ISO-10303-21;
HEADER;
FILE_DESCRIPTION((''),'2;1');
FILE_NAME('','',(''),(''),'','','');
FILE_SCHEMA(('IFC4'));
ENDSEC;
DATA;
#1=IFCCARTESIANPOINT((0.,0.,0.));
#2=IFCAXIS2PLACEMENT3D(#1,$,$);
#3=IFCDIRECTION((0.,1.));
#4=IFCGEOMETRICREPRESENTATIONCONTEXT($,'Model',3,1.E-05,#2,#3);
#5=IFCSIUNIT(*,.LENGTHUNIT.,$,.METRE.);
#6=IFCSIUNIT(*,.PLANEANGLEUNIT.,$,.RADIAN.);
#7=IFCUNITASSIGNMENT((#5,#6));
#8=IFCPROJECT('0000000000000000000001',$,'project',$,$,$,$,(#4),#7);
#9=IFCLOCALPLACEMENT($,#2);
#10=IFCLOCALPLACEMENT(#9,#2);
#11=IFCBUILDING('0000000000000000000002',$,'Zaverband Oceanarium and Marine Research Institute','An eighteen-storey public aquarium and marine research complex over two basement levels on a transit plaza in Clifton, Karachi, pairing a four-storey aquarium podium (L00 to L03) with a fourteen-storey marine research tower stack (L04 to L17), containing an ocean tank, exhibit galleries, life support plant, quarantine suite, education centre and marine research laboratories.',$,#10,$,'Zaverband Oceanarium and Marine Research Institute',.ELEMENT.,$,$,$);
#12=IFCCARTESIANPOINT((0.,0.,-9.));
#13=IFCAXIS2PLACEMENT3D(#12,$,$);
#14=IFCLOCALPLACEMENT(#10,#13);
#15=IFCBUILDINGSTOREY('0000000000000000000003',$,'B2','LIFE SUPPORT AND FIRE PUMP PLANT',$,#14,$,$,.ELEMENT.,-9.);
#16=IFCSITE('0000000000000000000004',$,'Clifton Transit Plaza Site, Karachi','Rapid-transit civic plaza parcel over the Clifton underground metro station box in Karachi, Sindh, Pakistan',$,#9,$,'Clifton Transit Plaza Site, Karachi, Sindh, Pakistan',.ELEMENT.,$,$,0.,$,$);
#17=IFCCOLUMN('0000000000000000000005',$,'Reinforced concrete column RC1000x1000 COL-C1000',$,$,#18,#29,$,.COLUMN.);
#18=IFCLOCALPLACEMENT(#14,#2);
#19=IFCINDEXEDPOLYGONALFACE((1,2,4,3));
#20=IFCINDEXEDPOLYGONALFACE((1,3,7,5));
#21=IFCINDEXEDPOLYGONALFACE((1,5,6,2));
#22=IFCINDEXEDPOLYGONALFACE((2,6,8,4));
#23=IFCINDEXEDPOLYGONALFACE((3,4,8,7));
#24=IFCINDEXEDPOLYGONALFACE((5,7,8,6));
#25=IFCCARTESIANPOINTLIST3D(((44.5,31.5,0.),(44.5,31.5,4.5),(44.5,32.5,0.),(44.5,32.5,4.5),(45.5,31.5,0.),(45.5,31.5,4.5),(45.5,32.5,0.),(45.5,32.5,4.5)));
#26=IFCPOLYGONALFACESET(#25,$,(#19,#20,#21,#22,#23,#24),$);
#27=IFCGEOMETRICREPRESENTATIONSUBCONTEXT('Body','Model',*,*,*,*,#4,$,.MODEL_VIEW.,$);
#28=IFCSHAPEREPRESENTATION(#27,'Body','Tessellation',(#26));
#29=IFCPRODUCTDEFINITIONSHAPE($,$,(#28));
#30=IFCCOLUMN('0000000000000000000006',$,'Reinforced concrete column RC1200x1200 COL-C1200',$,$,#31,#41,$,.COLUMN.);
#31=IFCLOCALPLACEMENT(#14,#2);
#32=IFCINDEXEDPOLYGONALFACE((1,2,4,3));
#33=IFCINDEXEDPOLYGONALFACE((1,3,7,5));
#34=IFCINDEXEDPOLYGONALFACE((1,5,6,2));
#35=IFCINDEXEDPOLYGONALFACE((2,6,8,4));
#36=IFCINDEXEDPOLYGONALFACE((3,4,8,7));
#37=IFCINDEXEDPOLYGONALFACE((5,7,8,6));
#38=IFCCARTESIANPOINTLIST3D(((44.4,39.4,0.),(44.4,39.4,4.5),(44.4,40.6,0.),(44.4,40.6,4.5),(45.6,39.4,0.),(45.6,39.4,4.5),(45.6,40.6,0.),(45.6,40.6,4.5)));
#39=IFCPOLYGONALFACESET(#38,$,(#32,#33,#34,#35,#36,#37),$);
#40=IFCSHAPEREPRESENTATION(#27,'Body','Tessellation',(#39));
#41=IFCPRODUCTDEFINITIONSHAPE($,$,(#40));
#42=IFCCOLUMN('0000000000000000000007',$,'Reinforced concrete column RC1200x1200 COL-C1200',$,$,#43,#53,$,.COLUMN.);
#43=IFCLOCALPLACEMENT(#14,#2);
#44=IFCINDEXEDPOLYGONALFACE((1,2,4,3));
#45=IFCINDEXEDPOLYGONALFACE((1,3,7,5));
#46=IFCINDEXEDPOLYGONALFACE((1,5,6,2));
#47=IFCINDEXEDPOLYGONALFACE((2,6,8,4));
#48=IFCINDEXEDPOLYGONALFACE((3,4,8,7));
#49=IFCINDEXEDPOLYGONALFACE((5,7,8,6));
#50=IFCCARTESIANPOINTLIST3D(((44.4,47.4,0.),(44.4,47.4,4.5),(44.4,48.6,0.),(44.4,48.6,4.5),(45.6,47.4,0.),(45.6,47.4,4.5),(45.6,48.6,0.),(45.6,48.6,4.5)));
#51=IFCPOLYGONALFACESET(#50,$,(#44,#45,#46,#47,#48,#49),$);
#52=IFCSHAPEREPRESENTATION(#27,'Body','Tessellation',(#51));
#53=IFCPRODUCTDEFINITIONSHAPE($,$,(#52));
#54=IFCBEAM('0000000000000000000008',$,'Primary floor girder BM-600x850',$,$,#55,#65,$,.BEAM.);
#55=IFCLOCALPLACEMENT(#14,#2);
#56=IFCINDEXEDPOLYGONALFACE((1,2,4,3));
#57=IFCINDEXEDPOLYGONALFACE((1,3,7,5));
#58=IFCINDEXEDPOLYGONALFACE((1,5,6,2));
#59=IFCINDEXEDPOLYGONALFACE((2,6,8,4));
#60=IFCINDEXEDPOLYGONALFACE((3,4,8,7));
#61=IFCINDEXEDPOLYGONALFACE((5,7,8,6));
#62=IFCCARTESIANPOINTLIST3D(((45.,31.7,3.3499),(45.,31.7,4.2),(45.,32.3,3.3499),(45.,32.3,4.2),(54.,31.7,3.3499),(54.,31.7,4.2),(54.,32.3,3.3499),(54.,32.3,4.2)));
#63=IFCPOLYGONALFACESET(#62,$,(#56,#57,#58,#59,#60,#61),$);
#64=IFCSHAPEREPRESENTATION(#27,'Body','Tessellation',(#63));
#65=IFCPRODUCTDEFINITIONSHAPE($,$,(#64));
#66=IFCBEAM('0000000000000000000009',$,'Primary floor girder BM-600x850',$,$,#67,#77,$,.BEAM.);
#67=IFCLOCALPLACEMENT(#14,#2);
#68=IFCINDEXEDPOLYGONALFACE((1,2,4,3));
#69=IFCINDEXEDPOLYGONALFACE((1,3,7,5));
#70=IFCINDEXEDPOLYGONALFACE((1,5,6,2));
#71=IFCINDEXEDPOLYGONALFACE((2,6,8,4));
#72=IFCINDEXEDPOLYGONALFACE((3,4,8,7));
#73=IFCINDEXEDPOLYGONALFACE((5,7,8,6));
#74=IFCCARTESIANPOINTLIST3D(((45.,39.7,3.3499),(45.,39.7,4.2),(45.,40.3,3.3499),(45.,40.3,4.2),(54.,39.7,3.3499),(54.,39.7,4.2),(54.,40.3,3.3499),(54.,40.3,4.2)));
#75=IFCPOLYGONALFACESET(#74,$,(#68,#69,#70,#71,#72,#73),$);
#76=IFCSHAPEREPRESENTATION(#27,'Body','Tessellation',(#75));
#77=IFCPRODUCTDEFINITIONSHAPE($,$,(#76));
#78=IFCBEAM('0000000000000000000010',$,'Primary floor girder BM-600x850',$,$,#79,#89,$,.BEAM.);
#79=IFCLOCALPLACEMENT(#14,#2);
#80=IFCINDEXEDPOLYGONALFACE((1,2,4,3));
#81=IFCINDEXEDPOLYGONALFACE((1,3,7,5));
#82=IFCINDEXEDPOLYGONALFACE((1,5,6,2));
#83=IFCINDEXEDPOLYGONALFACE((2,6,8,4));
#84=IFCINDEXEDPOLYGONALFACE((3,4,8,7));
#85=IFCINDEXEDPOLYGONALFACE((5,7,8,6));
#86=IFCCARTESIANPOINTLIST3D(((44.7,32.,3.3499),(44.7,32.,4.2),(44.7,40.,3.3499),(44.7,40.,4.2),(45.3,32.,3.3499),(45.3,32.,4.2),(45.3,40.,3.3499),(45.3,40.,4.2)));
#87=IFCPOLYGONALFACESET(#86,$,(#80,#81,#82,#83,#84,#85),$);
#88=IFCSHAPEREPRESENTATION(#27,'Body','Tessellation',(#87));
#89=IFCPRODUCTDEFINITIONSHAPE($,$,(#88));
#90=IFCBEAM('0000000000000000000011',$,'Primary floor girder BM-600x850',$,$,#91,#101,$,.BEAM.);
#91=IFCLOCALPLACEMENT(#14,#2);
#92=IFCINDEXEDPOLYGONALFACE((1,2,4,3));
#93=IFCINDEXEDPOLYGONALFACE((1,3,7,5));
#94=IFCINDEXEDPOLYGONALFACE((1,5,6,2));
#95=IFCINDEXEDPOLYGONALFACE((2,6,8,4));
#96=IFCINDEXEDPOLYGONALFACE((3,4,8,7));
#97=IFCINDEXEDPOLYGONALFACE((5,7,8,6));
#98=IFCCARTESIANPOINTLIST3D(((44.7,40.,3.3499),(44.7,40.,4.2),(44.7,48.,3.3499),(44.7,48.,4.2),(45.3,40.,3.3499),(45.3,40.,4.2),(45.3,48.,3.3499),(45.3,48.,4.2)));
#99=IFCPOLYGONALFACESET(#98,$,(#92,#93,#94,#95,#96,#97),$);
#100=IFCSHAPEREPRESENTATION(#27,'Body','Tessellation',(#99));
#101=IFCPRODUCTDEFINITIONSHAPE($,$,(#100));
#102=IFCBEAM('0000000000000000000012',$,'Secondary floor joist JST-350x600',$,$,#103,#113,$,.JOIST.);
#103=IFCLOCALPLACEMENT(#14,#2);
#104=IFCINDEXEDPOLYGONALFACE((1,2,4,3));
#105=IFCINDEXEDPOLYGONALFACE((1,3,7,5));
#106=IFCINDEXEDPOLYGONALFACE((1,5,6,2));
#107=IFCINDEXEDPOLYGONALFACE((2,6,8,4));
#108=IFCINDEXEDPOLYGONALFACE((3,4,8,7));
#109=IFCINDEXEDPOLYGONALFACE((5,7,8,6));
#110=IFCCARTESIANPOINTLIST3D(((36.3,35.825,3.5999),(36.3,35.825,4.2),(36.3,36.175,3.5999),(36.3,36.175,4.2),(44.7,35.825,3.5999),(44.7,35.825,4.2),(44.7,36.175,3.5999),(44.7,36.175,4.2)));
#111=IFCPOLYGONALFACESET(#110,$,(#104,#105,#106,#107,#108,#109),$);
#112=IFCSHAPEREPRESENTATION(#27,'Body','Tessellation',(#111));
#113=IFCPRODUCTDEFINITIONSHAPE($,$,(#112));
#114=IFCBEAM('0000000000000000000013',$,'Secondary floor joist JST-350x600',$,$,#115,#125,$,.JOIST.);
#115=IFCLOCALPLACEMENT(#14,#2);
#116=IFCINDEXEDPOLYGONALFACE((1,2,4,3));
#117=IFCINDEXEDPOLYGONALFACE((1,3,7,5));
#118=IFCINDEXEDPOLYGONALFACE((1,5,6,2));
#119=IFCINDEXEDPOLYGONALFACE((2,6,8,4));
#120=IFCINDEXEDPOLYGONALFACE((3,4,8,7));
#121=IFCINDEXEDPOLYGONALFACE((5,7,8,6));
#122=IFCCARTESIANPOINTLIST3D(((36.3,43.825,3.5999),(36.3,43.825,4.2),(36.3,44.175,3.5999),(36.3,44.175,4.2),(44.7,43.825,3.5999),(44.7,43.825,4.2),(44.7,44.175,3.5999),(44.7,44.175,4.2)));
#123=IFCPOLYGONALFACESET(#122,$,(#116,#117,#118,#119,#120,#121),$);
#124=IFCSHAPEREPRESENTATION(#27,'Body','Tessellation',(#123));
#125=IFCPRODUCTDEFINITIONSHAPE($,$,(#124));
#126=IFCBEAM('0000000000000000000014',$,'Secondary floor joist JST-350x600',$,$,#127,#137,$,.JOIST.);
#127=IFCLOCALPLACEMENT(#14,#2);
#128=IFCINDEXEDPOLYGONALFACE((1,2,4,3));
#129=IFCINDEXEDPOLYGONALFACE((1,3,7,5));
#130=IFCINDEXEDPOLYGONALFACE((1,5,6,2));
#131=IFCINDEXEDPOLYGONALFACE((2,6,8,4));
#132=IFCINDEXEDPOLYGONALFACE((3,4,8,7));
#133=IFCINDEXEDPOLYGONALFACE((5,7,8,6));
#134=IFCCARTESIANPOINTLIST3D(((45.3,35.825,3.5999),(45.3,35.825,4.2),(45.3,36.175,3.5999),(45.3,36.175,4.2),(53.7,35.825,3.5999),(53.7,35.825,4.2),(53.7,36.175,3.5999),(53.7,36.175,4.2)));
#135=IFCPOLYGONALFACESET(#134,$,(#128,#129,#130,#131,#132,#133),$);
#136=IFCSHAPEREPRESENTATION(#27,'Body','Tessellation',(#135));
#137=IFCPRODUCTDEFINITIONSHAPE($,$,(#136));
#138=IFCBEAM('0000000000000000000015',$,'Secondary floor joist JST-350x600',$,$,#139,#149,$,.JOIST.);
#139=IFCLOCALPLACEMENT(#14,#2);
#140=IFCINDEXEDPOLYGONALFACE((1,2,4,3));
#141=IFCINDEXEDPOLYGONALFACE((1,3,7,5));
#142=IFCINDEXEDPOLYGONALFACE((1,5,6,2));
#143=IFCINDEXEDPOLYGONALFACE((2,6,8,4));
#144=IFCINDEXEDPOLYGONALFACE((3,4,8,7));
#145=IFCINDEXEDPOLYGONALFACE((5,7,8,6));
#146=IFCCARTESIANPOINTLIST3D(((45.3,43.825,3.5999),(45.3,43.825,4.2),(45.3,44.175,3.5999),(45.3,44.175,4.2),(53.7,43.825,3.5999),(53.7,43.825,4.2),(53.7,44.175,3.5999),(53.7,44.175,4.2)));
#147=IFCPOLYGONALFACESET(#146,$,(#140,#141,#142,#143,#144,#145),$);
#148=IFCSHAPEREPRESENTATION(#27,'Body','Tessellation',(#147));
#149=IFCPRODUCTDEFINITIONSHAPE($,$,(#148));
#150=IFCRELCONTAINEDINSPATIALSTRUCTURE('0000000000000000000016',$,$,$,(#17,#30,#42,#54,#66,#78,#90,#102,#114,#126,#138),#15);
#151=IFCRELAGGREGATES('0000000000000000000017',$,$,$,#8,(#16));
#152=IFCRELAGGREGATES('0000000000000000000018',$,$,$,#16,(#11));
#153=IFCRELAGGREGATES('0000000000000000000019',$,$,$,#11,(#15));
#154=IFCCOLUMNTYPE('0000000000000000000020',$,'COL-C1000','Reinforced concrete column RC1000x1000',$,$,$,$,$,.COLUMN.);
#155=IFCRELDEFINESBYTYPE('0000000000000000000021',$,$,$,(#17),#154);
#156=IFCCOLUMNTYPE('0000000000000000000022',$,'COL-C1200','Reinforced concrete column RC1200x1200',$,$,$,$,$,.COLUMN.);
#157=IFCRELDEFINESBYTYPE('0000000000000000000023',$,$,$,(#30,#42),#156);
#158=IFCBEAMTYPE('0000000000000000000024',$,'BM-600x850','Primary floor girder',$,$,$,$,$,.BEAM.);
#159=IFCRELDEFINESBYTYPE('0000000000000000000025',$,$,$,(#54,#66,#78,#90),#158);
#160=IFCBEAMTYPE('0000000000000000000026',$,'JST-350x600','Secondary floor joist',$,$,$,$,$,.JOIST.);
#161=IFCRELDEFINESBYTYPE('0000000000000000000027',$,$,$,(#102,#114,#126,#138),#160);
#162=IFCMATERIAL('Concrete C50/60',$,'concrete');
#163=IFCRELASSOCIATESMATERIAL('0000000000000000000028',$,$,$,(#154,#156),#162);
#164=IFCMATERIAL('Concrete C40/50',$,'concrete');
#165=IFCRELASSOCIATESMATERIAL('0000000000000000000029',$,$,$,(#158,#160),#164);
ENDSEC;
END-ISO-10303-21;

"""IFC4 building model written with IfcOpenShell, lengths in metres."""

from ifc_helpers import new_model, si_unit, direction, frame, origin, origin_2d, place, context, subcontext, project, spatial, rectangle, extrude, material, material_profile, profile_set, type_object, element, save


model = new_model("IFC4")

# Units and contexts
model_context = context("Model", 3, precision=1e-05, world=origin(), true_north=direction((0.0, 1.0)))
body_context = subcontext(model_context, "Body", "Model", "MODEL_VIEW")
ifc_project = project(units=[si_unit("LENGTHUNIT", "METRE"), si_unit("PLANEANGLEUNIT", "RADIAN")], contexts=[model_context])

# Site, building, storey
site_placement = place(None, origin())
site = spatial("IfcSite", under=ifc_project, at=site_placement, Name="Clifton Transit Plaza Site, Karachi", Description="Rapid-transit civic plaza parcel over the Clifton underground metro station box in Karachi, Sindh, Pakistan", LongName="Clifton Transit Plaza Site, Karachi, Sindh, Pakistan", CompositionType="ELEMENT", RefElevation=0.0)
building_placement = place(site_placement, origin())
building = spatial("IfcBuilding", under=site, at=building_placement, Name="Zaverband Oceanarium and Marine Research Institute", Description="An eighteen-storey public aquarium and marine research complex over two basement levels on a transit plaza in Clifton, Karachi, pairing a four-storey aquarium podium (L00 to L03) with a fourteen-storey marine research tower stack (L04 to L17), containing an ocean tank, exhibit galleries, life support plant, quarantine suite, education centre and marine research laboratories.", LongName="Zaverband Oceanarium and Marine Research Institute", CompositionType="ELEMENT")
storey_placement = place(building_placement, frame((0.0, 0.0, -9.0)))
storey = spatial("IfcBuildingStorey", under=building, at=storey_placement, Name="B2", Description="LIFE SUPPORT AND FIRE PUMP PLANT", CompositionType="ELEMENT", Elevation=-9.0)

# Shared definitions
ifc_material_1 = material(Name="Concrete C50/60", Category="concrete")

# Columns
ifc_material_profile_1 = material_profile(ifc_material_1, rectangle(XDim=1.0, YDim=1.0, at=origin_2d()), Name="RC1000x1000")
ifc_profile_set_1 = profile_set([ifc_material_profile_1], Name="Concrete C50/60")
column_type_1 = type_object("IfcColumnType", Name="COL-C1000", Description="Reinforced concrete column RC1000x1000", PredefinedType="COLUMN", material=ifc_profile_set_1)
column_placement = place(storey_placement, frame((45.0, 32.0, 0.0), z_axis=(0.0, 0.0, 1.0), x_axis=(1.0, 0.0, 0.0)))
element("IfcColumn", 1, at=column_placement, inside=storey, type_object=column_type_1, Name="Reinforced concrete column RC1000x1000 COL-C1000", PredefinedType="COLUMN", context=body_context, shape_type="SweptSolid", body=[
    extrude(rectangle(XDim=1.0, YDim=1.0, at=origin_2d()), origin(), (0.0, 0.0, 1.0), 4.5),
])
ifc_material_profile_2 = material_profile(ifc_material_1, rectangle(XDim=1.2, YDim=1.2, at=origin_2d()), Name="RC1200x1200")
ifc_profile_set_2 = profile_set([ifc_material_profile_2], Name="Concrete C50/60")
column_type_2 = type_object("IfcColumnType", Name="COL-C1200", Description="Reinforced concrete column RC1200x1200", PredefinedType="COLUMN", material=ifc_profile_set_2)
for number, where, z_axis, x_axis, name in (
    (2, (45.0, 40.0, 0.0), (0.0, 0.0, 1.0), (1.0, 0.0, 0.0), "Reinforced concrete column RC1200x1200 COL-C1200"),
    (3, (45.0, 48.0, 0.0), (0.0, 0.0, 1.0), (1.0, 0.0, 0.0), "Reinforced concrete column RC1200x1200 COL-C1200"),
):
    element("IfcColumn", number, at=place(storey_placement, frame(where, z_axis=z_axis, x_axis=x_axis)), inside=storey, type_object=column_type_2, Name=name, PredefinedType="COLUMN", context=body_context, shape_type="SweptSolid", body=[
        extrude(rectangle(XDim=1.2, YDim=1.2, at=origin_2d()), origin(), (0.0, 0.0, 1.0), 4.5),
    ])

# Beams
ifc_material_2 = material(Name="Concrete C40/50", Category="concrete")
ifc_material_profile_3 = material_profile(ifc_material_2, rectangle(XDim=0.6001, YDim=0.8501, at=origin_2d()), Name="RC600x850")
ifc_profile_set_3 = profile_set([ifc_material_profile_3], Name="Concrete C40/50")
beam_type_1 = type_object("IfcBeamType", Name="BM-600x850", Description="Primary floor girder", PredefinedType="BEAM", material=ifc_profile_set_3)
for number, where, z_axis, x_axis, name in (
    (4, (45.0, 32.0, 3.7749), (1.0, 0.0, 0.0), (0.0, 1.0, 0.0), "Primary floor girder BM-600x850"),
    (5, (45.0, 40.0, 3.7749), (1.0, 0.0, 0.0), (0.0, 1.0, 0.0), "Primary floor girder BM-600x850"),
):
    element("IfcBeam", number, at=place(storey_placement, frame(where, z_axis=z_axis, x_axis=x_axis)), inside=storey, type_object=beam_type_1, Name=name, PredefinedType="BEAM", context=body_context, shape_type="SweptSolid", body=[
        extrude(rectangle(XDim=0.6001, YDim=0.8501, at=origin_2d()), origin(), (0.0, 0.0, 1.0), 9.0),
    ])
for number, where, z_axis, x_axis, name in (
    (6, (45.0, 32.0, 3.7749), (0.0, 1.0, 0.0), (-1.0, 0.0, 0.0), "Primary floor girder BM-600x850"),
    (7, (45.0, 40.0, 3.7749), (0.0, 1.0, 0.0), (-1.0, 0.0, 0.0), "Primary floor girder BM-600x850"),
):
    element("IfcBeam", number, at=place(storey_placement, frame(where, z_axis=z_axis, x_axis=x_axis)), inside=storey, type_object=beam_type_1, Name=name, PredefinedType="BEAM", context=body_context, shape_type="SweptSolid", body=[
        extrude(rectangle(XDim=0.6001, YDim=0.8501, at=origin_2d()), origin(), (0.0, 0.0, 1.0), 8.0),
    ])
ifc_material_profile_4 = material_profile(ifc_material_2, rectangle(XDim=0.3501, YDim=0.6001, at=origin_2d()), Name="RC350x600")
ifc_profile_set_4 = profile_set([ifc_material_profile_4], Name="Concrete C40/50")
beam_type_2 = type_object("IfcBeamType", Name="JST-350x600", Description="Secondary floor joist", PredefinedType="JOIST", material=ifc_profile_set_4)
for number, where, z_axis, x_axis, name in (
    (8, (36.3, 36.0, 3.8999), (1.0, 0.0, 0.0), (0.0, 1.0, 0.0), "Secondary floor joist JST-350x600"),
    (9, (36.3, 44.0, 3.8999), (1.0, 0.0, 0.0), (0.0, 1.0, 0.0), "Secondary floor joist JST-350x600"),
    (10, (45.3, 36.0, 3.8999), (1.0, 0.0, 0.0), (0.0, 1.0, 0.0), "Secondary floor joist JST-350x600"),
    (11, (45.3, 44.0, 3.8999), (1.0, 0.0, 0.0), (0.0, 1.0, 0.0), "Secondary floor joist JST-350x600"),
):
    element("IfcBeam", number, at=place(storey_placement, frame(where, z_axis=z_axis, x_axis=x_axis)), inside=storey, type_object=beam_type_2, Name=name, PredefinedType="JOIST", context=body_context, shape_type="SweptSolid", body=[
        extrude(rectangle(XDim=0.3501, YDim=0.6001, at=origin_2d()), origin(), (0.0, 0.0, 1.0), 8.3999),
    ])

save(model, "model.ifc")
